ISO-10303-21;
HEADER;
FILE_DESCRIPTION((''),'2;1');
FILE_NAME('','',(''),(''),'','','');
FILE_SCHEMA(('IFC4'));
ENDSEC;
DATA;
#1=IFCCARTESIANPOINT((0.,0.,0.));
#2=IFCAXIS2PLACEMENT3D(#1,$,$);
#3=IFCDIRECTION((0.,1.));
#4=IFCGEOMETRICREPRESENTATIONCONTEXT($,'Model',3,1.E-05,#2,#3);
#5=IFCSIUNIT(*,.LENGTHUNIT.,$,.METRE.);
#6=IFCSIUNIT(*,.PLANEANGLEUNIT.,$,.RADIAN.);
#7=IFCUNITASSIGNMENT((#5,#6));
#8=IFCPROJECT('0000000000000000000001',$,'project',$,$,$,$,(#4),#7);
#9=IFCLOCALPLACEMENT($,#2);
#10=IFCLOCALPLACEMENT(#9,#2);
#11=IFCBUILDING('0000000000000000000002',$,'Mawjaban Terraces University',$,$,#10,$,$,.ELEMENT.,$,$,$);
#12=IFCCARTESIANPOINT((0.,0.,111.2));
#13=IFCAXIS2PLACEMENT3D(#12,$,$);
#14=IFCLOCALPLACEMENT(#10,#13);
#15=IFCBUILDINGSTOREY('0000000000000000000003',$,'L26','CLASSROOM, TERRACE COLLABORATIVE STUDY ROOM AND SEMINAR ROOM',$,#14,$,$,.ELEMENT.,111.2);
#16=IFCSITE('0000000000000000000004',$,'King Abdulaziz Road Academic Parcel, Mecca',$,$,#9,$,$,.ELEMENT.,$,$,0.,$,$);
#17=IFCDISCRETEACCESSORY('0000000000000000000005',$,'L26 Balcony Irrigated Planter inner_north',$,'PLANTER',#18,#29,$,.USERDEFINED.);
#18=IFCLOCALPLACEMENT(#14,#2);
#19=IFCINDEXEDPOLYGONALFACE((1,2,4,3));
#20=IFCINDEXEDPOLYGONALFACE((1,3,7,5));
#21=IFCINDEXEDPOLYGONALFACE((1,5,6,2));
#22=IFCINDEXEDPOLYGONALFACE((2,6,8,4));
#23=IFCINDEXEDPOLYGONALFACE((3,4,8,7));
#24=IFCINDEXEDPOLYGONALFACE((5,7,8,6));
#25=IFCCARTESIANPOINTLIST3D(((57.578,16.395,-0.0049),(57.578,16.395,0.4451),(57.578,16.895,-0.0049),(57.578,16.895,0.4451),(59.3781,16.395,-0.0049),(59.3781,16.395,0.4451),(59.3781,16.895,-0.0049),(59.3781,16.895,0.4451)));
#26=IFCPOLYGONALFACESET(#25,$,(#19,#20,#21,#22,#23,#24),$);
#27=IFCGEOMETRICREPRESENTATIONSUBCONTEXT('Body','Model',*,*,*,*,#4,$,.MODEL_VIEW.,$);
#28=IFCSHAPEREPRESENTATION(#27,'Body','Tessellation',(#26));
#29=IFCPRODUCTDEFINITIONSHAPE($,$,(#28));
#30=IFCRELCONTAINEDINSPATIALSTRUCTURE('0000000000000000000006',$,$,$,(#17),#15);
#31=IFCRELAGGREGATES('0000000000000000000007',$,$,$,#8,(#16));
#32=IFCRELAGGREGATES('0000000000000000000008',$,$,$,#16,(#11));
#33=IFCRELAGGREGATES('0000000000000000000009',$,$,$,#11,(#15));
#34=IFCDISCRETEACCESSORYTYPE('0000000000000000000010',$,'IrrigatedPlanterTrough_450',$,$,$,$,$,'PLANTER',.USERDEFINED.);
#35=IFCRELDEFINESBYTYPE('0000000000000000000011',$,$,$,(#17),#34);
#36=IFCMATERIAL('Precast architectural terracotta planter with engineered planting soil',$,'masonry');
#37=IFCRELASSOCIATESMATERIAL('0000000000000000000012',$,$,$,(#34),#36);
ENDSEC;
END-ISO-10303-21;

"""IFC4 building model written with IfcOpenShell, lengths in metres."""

from ifc_helpers import new_model, si_unit, direction, frame, origin, origin_2d, place, context, subcontext, project, spatial, rectangle, extrude, material, type_object, element, save


model = new_model("IFC4")

# Units and contexts
model_context = context("Model", 3, precision=1e-05, world=origin(), true_north=direction((0.0, 1.0)))
body_context = subcontext(model_context, "Body", "Model", "MODEL_VIEW")
ifc_project = project(units=[si_unit("LENGTHUNIT", "METRE"), si_unit("PLANEANGLEUNIT", "RADIAN")], contexts=[model_context])

# Site, building, storey
site_placement = place(None, origin())
site = spatial("IfcSite", under=ifc_project, at=site_placement, Name="King Abdulaziz Road Academic Parcel, Mecca", CompositionType="ELEMENT", RefElevation=0.0)
building_placement = place(site_placement, origin())
building = spatial("IfcBuilding", under=site, at=building_placement, Name="Mawjaban Terraces University", CompositionType="ELEMENT")
storey_placement = place(building_placement, frame((0.0, 0.0, 111.2)))
storey = spatial("IfcBuildingStorey", under=building, at=storey_placement, Name="L26", Description="CLASSROOM, TERRACE COLLABORATIVE STUDY ROOM AND SEMINAR ROOM", CompositionType="ELEMENT", Elevation=111.2)

# Discrete accessory
ifc_material_1 = material(Name="Precast architectural terracotta planter with engineered planting soil", Category="masonry")
discrete_accessory_type_1 = type_object("IfcDiscreteAccessoryType", Name="IrrigatedPlanterTrough_450", ElementType="PLANTER", PredefinedType="USERDEFINED", material=ifc_material_1)
discrete_accessory_1_placement = place(storey_placement, frame((58.478, 16.645, -0.0049), z_axis=(0.0, 0.0, 1.0), x_axis=(1.0, 0.0, 0.0)))
element("IfcDiscreteAccessory", 1, at=discrete_accessory_1_placement, inside=storey, type_object=discrete_accessory_type_1, Name="L26 Balcony Irrigated Planter inner_north", ObjectType="PLANTER", PredefinedType="USERDEFINED", context=body_context, shape_type="SweptSolid", body=[
    extrude(rectangle(XDim=1.8, YDim=0.5, at=origin_2d()), origin(), (0.0, 0.0, 1.0), 0.45),
])

save(model, "model.ifc")
